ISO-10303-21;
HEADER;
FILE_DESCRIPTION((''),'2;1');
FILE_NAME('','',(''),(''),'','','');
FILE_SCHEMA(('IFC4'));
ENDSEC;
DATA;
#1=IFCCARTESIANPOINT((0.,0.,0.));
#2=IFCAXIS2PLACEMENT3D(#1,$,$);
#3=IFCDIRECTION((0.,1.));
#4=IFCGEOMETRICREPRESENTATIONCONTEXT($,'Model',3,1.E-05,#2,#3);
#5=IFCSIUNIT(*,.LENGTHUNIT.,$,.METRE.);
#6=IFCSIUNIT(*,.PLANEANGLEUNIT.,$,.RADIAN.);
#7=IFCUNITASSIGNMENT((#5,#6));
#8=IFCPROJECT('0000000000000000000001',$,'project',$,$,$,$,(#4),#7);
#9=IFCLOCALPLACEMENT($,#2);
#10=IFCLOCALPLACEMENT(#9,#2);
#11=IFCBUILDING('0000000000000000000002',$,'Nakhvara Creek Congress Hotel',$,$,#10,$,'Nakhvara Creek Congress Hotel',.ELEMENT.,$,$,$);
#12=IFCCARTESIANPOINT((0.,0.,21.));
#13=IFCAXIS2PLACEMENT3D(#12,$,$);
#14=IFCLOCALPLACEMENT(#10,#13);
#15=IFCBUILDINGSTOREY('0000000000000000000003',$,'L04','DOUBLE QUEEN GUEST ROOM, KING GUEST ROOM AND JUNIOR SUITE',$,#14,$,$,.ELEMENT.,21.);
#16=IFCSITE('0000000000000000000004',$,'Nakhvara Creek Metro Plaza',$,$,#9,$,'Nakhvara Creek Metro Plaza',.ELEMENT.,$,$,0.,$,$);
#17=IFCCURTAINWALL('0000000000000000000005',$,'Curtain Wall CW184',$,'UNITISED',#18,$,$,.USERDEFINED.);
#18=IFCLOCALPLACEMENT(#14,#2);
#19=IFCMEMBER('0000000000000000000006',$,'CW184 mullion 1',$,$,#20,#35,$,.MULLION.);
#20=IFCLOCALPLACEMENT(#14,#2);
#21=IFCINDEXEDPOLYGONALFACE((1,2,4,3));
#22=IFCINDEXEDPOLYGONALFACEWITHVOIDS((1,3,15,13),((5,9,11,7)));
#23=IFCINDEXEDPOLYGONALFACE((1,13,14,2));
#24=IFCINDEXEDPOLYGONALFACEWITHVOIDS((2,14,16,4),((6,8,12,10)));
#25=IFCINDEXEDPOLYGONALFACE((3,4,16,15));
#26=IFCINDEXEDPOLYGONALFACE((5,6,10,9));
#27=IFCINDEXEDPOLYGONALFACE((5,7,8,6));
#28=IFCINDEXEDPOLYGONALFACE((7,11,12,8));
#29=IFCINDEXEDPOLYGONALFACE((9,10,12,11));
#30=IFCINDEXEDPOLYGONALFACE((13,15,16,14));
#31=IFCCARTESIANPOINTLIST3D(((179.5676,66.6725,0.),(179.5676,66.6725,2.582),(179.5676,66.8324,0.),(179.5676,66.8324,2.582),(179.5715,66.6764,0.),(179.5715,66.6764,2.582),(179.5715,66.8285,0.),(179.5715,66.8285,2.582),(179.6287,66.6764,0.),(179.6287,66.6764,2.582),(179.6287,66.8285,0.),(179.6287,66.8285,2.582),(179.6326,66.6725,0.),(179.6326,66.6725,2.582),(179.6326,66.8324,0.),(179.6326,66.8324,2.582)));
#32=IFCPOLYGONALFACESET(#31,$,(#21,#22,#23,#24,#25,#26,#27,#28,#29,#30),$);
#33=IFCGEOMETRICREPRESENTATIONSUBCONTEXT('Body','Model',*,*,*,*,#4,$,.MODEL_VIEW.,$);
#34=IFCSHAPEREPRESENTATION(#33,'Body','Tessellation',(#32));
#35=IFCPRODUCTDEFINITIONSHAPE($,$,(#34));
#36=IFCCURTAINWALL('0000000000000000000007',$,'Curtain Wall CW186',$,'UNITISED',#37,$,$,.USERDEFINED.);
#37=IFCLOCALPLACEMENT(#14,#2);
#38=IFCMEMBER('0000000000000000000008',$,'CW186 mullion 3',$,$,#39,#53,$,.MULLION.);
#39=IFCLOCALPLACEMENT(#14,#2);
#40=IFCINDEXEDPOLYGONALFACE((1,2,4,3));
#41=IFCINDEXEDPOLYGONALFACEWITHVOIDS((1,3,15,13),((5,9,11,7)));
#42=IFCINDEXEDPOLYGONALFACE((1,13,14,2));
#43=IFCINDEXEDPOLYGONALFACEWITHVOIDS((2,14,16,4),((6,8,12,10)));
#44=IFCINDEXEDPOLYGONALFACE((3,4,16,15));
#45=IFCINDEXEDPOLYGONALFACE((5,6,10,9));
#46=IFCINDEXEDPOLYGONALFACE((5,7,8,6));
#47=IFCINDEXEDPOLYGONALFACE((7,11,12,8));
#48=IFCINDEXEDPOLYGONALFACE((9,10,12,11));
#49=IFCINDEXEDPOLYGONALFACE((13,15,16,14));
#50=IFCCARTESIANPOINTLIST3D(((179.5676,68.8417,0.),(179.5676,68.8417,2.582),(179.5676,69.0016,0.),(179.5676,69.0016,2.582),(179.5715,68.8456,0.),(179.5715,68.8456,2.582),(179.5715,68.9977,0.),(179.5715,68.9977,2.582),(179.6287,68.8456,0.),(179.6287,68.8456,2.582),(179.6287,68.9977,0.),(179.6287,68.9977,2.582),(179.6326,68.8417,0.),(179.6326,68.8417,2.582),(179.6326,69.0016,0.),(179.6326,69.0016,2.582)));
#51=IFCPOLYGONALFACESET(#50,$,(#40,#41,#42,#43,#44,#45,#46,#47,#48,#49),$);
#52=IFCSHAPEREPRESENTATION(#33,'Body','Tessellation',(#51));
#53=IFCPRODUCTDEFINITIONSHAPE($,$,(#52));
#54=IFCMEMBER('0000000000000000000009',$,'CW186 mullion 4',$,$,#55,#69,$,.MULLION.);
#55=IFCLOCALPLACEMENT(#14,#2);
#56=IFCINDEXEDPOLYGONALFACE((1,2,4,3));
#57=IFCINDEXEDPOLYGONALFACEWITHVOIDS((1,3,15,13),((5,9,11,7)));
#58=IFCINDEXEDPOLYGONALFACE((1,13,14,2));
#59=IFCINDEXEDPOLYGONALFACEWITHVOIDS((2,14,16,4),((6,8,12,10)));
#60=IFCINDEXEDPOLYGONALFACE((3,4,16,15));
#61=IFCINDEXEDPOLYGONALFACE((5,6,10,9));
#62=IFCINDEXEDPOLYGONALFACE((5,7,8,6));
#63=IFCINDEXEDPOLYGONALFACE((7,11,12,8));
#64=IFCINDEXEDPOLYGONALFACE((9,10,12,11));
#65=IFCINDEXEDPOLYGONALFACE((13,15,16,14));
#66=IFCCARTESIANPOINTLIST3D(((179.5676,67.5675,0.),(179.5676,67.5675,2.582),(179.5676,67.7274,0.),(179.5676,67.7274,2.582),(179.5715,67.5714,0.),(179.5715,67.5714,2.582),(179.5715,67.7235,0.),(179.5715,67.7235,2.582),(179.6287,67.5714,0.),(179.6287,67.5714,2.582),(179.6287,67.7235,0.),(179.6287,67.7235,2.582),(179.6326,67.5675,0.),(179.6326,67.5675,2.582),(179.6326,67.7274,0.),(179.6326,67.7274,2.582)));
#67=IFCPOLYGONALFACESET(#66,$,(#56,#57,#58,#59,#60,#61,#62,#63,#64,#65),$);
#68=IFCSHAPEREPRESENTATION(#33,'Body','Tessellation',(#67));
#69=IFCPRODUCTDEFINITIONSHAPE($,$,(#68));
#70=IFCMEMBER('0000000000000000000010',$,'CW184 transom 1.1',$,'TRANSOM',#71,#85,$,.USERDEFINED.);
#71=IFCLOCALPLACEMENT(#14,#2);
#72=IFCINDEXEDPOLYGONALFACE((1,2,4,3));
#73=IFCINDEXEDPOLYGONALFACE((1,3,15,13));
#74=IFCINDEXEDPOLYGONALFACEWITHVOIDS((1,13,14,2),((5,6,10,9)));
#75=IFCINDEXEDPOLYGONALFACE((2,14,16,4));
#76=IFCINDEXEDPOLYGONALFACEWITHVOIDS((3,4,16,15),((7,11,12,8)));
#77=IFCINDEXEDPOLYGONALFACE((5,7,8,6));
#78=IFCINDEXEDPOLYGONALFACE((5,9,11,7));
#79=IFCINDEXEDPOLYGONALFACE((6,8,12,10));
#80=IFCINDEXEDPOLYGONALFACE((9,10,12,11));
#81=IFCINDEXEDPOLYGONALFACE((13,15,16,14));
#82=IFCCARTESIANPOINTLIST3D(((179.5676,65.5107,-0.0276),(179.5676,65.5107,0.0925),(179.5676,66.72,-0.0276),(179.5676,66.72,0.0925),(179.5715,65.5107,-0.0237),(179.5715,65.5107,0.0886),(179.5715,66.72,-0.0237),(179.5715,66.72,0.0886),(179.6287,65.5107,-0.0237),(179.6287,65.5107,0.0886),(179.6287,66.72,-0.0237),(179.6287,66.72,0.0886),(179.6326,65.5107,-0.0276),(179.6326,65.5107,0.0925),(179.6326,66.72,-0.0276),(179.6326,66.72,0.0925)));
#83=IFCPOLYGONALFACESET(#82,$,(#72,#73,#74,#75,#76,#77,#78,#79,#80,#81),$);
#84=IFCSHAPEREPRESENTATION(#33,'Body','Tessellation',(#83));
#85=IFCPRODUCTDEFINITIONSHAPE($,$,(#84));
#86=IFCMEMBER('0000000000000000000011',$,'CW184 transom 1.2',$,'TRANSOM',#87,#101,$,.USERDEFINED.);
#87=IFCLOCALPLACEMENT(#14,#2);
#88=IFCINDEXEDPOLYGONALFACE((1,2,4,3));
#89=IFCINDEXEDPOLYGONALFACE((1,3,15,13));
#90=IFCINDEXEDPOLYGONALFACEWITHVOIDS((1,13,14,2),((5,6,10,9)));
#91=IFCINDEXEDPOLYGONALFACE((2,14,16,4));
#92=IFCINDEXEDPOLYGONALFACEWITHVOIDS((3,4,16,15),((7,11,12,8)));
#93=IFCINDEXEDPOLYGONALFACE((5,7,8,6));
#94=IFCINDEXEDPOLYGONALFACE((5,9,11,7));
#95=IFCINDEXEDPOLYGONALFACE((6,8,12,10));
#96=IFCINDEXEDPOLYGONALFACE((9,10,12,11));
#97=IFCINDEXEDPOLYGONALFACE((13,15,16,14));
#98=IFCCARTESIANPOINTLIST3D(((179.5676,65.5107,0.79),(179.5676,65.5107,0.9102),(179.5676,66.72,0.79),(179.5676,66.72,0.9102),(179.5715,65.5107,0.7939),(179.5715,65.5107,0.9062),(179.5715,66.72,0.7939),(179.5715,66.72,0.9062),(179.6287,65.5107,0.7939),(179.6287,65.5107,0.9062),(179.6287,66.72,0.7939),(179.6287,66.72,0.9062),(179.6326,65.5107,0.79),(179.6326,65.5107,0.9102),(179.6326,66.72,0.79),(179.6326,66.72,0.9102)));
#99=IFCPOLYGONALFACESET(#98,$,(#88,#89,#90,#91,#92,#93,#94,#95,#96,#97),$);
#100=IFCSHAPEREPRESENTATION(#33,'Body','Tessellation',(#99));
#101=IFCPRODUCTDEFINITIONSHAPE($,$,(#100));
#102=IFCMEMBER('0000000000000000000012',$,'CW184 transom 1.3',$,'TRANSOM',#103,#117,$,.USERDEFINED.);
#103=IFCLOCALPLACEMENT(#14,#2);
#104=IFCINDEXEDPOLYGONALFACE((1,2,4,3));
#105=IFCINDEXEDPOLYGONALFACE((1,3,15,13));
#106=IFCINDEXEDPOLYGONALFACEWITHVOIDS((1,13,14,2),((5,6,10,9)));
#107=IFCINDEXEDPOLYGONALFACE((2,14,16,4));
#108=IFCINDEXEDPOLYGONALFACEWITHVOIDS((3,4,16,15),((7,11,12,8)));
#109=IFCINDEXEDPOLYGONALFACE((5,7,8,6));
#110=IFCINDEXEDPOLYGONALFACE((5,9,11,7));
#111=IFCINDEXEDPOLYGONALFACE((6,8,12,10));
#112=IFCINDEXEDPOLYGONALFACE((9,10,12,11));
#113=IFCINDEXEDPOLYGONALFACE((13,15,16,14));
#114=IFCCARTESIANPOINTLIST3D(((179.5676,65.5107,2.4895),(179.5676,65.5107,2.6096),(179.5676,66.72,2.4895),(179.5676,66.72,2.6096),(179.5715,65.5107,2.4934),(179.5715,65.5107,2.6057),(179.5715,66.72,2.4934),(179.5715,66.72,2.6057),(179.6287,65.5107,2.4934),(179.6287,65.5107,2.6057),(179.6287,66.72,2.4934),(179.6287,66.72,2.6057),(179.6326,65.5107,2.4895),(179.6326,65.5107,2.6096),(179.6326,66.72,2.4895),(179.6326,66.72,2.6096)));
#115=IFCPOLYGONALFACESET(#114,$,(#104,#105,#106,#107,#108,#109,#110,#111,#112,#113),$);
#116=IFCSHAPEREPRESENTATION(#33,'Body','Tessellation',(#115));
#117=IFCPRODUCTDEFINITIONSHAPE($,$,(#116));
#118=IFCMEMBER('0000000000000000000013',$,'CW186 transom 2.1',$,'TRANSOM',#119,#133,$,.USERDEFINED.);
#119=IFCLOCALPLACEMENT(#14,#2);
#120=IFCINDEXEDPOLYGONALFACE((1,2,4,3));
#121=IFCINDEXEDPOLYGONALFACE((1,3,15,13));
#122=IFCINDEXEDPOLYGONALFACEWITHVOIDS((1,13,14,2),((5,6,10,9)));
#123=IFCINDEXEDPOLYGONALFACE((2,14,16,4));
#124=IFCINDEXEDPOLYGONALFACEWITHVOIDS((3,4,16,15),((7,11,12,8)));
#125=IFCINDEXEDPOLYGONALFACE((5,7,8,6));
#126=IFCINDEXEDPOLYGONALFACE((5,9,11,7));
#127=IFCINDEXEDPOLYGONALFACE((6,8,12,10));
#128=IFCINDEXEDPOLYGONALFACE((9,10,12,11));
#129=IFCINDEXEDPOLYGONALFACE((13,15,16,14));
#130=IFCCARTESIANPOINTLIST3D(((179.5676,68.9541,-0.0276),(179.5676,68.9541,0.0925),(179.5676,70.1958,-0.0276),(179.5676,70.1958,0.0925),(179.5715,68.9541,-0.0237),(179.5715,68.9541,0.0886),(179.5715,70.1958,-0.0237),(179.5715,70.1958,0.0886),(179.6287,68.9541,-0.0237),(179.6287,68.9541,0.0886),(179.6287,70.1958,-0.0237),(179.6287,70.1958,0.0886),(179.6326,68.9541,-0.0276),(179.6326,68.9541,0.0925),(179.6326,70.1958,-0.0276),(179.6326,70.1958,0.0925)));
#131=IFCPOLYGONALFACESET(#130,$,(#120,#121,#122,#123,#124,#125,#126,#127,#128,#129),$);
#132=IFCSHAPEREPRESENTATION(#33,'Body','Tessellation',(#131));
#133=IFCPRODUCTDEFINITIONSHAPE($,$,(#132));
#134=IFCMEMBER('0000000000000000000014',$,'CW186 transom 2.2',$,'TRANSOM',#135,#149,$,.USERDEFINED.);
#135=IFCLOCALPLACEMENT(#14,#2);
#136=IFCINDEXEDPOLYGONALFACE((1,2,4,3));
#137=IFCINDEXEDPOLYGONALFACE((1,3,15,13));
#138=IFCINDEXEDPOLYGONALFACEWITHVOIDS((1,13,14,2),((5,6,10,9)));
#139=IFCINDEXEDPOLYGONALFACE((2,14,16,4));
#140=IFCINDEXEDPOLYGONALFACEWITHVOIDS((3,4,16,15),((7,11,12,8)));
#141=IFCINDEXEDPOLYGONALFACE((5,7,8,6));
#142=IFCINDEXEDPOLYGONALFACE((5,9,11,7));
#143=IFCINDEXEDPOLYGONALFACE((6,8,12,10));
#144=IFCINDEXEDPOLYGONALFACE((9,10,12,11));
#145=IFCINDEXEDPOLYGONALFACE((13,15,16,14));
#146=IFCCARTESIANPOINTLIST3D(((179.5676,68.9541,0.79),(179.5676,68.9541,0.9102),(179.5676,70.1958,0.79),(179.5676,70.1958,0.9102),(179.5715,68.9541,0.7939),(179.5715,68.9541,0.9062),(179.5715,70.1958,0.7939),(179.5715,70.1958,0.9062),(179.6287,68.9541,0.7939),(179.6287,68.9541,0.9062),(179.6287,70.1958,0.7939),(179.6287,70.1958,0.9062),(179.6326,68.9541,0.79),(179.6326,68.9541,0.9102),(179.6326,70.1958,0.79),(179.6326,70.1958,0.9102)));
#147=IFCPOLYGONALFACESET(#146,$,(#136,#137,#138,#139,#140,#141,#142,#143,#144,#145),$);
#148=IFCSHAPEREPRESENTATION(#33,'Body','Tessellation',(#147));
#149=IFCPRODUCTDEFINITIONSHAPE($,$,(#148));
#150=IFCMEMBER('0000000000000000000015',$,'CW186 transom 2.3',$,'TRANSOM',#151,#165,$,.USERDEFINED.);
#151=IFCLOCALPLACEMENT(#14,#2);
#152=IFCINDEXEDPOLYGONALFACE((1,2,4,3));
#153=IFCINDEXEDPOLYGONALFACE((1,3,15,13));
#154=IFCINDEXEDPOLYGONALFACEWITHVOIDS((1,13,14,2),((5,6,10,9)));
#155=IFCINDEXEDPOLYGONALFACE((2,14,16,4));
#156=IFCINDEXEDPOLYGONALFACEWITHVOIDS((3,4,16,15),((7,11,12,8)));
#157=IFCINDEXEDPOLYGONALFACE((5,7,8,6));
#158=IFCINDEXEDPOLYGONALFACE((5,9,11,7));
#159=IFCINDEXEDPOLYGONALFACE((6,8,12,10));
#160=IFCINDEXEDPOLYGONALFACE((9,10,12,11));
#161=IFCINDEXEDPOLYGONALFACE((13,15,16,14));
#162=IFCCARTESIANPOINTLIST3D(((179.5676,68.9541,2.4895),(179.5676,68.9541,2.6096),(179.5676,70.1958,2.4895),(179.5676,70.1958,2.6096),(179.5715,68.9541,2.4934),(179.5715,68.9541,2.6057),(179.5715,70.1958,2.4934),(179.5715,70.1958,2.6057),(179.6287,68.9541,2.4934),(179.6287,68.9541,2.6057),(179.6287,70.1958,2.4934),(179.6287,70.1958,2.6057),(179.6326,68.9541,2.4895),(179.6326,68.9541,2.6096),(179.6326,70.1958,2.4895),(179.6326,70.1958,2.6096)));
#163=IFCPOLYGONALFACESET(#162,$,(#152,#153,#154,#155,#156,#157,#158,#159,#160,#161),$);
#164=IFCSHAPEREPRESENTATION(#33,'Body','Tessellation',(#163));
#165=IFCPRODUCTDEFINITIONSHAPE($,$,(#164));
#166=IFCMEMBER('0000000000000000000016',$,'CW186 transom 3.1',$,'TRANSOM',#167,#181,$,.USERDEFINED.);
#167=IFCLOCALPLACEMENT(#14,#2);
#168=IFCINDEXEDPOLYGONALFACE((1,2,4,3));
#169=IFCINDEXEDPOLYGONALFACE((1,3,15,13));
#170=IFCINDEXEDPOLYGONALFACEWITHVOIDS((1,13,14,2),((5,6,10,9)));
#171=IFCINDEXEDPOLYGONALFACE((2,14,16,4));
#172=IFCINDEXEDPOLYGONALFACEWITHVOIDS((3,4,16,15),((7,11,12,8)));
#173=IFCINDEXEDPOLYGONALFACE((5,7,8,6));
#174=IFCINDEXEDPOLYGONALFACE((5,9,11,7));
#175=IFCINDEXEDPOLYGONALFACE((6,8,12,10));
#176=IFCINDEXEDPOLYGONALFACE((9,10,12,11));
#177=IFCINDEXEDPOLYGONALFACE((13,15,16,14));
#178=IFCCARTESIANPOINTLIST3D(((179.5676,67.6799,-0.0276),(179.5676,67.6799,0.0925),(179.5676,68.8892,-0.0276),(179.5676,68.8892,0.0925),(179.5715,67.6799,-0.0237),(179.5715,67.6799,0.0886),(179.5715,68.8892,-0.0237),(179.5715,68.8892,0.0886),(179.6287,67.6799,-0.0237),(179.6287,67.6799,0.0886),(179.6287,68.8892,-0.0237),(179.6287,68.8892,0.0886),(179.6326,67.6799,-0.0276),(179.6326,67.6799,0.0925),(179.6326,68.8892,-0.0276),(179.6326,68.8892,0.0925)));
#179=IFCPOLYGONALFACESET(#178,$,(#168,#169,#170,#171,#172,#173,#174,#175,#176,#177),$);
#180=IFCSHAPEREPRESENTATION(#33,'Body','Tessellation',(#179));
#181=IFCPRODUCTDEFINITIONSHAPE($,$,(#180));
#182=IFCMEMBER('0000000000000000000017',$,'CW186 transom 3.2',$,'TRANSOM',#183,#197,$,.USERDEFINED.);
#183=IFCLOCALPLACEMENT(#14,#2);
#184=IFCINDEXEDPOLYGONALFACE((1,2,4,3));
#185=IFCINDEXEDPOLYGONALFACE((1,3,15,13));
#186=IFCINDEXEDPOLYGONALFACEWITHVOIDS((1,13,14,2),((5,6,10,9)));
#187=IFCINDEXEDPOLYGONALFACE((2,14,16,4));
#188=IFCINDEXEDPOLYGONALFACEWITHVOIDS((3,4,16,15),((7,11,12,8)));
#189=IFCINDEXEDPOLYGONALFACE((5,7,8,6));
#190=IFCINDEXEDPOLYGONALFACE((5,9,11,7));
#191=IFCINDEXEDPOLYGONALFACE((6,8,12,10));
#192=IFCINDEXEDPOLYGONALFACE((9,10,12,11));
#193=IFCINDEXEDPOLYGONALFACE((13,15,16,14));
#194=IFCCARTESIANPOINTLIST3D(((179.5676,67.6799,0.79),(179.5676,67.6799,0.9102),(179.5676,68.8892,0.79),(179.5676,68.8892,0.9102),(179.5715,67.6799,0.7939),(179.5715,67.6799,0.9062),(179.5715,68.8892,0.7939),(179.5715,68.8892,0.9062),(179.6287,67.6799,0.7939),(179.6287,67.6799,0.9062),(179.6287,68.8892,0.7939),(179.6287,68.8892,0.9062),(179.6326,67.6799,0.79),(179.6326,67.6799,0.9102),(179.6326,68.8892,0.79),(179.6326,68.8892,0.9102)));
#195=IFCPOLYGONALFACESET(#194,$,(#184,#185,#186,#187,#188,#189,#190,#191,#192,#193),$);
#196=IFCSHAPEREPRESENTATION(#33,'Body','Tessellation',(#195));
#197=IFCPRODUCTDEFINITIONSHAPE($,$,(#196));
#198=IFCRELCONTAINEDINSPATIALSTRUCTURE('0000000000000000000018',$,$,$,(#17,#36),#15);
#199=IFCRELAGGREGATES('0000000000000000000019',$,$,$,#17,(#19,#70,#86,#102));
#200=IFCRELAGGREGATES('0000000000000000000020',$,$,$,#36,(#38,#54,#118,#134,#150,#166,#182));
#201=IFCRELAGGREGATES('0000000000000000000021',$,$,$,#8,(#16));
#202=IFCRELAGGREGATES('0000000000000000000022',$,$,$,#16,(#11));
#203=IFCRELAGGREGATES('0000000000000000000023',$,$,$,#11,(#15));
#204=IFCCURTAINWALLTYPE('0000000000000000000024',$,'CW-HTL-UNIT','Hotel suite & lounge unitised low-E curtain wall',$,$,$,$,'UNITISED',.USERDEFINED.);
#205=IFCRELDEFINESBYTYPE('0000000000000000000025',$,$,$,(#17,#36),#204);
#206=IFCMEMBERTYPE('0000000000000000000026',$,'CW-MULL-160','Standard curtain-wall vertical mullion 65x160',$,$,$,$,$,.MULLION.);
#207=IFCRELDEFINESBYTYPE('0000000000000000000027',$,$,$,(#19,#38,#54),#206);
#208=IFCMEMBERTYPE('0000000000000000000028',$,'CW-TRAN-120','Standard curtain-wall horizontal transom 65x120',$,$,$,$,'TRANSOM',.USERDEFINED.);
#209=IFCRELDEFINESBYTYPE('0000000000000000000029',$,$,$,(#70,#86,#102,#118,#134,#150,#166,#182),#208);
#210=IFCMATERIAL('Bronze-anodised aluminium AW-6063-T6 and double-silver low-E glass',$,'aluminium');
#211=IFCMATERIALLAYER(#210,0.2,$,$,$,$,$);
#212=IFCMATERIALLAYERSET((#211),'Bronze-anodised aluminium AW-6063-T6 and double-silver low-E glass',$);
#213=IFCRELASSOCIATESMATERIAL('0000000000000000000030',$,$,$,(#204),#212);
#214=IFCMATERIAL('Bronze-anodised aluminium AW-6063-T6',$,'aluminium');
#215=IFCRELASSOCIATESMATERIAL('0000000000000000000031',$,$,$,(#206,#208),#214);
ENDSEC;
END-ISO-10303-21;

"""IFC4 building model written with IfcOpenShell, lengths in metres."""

from ifc_helpers import new_model, si_unit, direction, frame, origin, origin_2d, place, context, subcontext, project, spatial, hollow_rectangle, extrude, material, layer, layer_set, material_profile, profile_set, type_object, element, aggregate, save


model = new_model("IFC4")

# Units and contexts
model_context = context("Model", 3, precision=1e-05, world=origin(), true_north=direction((0.0, 1.0)))
body_context = subcontext(model_context, "Body", "Model", "MODEL_VIEW")
ifc_project = project(units=[si_unit("LENGTHUNIT", "METRE"), si_unit("PLANEANGLEUNIT", "RADIAN")], contexts=[model_context])

# Site, building, storey
site_placement = place(None, origin())
site = spatial("IfcSite", under=ifc_project, at=site_placement, Name="Nakhvara Creek Metro Plaza", LongName="Nakhvara Creek Metro Plaza", CompositionType="ELEMENT", RefElevation=0.0)
building_placement = place(site_placement, origin())
building = spatial("IfcBuilding", under=site, at=building_placement, Name="Nakhvara Creek Congress Hotel", LongName="Nakhvara Creek Congress Hotel", CompositionType="ELEMENT")
storey_placement = place(building_placement, frame((0.0, 0.0, 21.0)))
storey = spatial("IfcBuildingStorey", under=building, at=storey_placement, Name="L04", Description="DOUBLE QUEEN GUEST ROOM, KING GUEST ROOM AND JUNIOR SUITE", CompositionType="ELEMENT", Elevation=21.0)

# Curtain wall, member
ifc_material_1 = material(Name="Bronze-anodised aluminium AW-6063-T6 and double-silver low-E glass", Category="aluminium")
ifc_layer_1 = layer(ifc_material_1, 0.2)
ifc_layer_set_1 = layer_set([ifc_layer_1], Name="Bronze-anodised aluminium AW-6063-T6 and double-silver low-E glass")
curtain_wall_type = type_object("IfcCurtainWallType", Name="CW-HTL-UNIT", Description="Hotel suite & lounge unitised low-E curtain wall", ElementType="UNITISED", PredefinedType="USERDEFINED", material=ifc_layer_set_1)
curtain_wall_1_placement = place(storey_placement, origin())
curtain_wall_1 = element("IfcCurtainWall", 1, at=curtain_wall_1_placement, inside=storey, type_object=curtain_wall_type, Name="Curtain Wall CW184", ObjectType="UNITISED", PredefinedType="USERDEFINED")
ifc_material_2 = material(Name="Bronze-anodised aluminium AW-6063-T6", Category="aluminium")
ifc_material_profile_1 = material_profile(ifc_material_2, hollow_rectangle(XDim=0.0649, YDim=0.1599, WallThickness=0.0039, at=origin_2d()), Name="ALU-MULL 65x160x4", Category="LoadBearing")
ifc_profile_set_1 = profile_set([ifc_material_profile_1], Name="Bronze-anodised aluminium AW-6063-T6")
member_type_1 = type_object("IfcMemberType", Name="CW-MULL-160", Description="Standard curtain-wall vertical mullion 65x160", PredefinedType="MULLION", material=ifc_profile_set_1)
member_1_placement = place(storey_placement, frame((179.6001, 66.7524, 0.0), z_axis=(0.0, 0.0, 1.0), x_axis=(1.0, 0.0, 0.0)))
member_1 = element("IfcMember", 2, at=member_1_placement, type_object=member_type_1, Name="CW184 mullion 1", PredefinedType="MULLION", context=body_context, shape_type="SweptSolid", body=[
    extrude(hollow_rectangle(XDim=0.0649, YDim=0.1599, WallThickness=0.0039, at=origin_2d()), origin(), (0.0, 0.0, 1.0), 2.582),
])

# Curtain wall, members
curtain_wall_2_placement = place(storey_placement, origin())
curtain_wall_2 = element("IfcCurtainWall", 3, at=curtain_wall_2_placement, inside=storey, type_object=curtain_wall_type, Name="Curtain Wall CW186", ObjectType="UNITISED", PredefinedType="USERDEFINED")
member_2_placement = place(storey_placement, frame((179.6001, 68.9216, 0.0), z_axis=(0.0, 0.0, 1.0), x_axis=(1.0, 0.0, 0.0)))
member_2 = element("IfcMember", 4, at=member_2_placement, type_object=member_type_1, Name="CW186 mullion 3", PredefinedType="MULLION", context=body_context, shape_type="SweptSolid", body=[
    extrude(hollow_rectangle(XDim=0.0649, YDim=0.1599, WallThickness=0.0039, at=origin_2d()), origin(), (0.0, 0.0, 1.0), 2.582),
])
member_3_placement = place(storey_placement, frame((179.6001, 67.6475, 0.0), z_axis=(0.0, 0.0, 1.0), x_axis=(1.0, 0.0, 0.0)))
member_3 = element("IfcMember", 5, at=member_3_placement, type_object=member_type_1, Name="CW186 mullion 4", PredefinedType="MULLION", context=body_context, shape_type="SweptSolid", body=[
    extrude(hollow_rectangle(XDim=0.0649, YDim=0.1599, WallThickness=0.0039, at=origin_2d()), origin(), (0.0, 0.0, 1.0), 2.582),
])

# Members
ifc_material_profile_2 = material_profile(ifc_material_2, hollow_rectangle(XDim=0.0649, YDim=0.1201, WallThickness=0.0039, at=origin_2d()), Name="ALU-TRAN 65x120x4", Category="LoadBearing")
ifc_profile_set_2 = profile_set([ifc_material_profile_2], Name="Bronze-anodised aluminium AW-6063-T6")
member_type_2 = type_object("IfcMemberType", Name="CW-TRAN-120", Description="Standard curtain-wall horizontal transom 65x120", ElementType="TRANSOM", PredefinedType="USERDEFINED", material=ifc_profile_set_2)
member_4_placement = place(storey_placement, frame((179.6001, 66.72, 0.0325), z_axis=(0.0, -1.0, 0.0), x_axis=(1.0, 0.0, 0.0)))
member_4 = element("IfcMember", 6, at=member_4_placement, type_object=member_type_2, Name="CW184 transom 1.1", ObjectType="TRANSOM", PredefinedType="USERDEFINED", context=body_context, shape_type="SweptSolid", body=[
    extrude(hollow_rectangle(XDim=0.0649, YDim=0.1201, WallThickness=0.0039, at=origin_2d()), origin(), (0.0, 0.0, 1.0), 1.2092),
])
member_5_placement = place(storey_placement, frame((179.6001, 66.72, 0.8501), z_axis=(0.0, -1.0, 0.0), x_axis=(1.0, 0.0, 0.0)))
member_5 = element("IfcMember", 7, at=member_5_placement, type_object=member_type_2, Name="CW184 transom 1.2", ObjectType="TRANSOM", PredefinedType="USERDEFINED", context=body_context, shape_type="SweptSolid", body=[
    extrude(hollow_rectangle(XDim=0.0649, YDim=0.1201, WallThickness=0.0039, at=origin_2d()), origin(), (0.0, 0.0, 1.0), 1.2092),
])
member_6_placement = place(storey_placement, frame((179.6001, 66.72, 2.5496), z_axis=(0.0, -1.0, 0.0), x_axis=(1.0, 0.0, 0.0)))
member_6 = element("IfcMember", 8, at=member_6_placement, type_object=member_type_2, Name="CW184 transom 1.3", ObjectType="TRANSOM", PredefinedType="USERDEFINED", context=body_context, shape_type="SweptSolid", body=[
    extrude(hollow_rectangle(XDim=0.0649, YDim=0.1201, WallThickness=0.0039, at=origin_2d()), origin(), (0.0, 0.0, 1.0), 1.2092),
])
member_7_placement = place(storey_placement, frame((179.6001, 70.1958, 0.0325), z_axis=(0.0, -1.0, 0.0), x_axis=(1.0, 0.0, 0.0)))
member_7 = element("IfcMember", 9, at=member_7_placement, type_object=member_type_2, Name="CW186 transom 2.1", ObjectType="TRANSOM", PredefinedType="USERDEFINED", context=body_context, shape_type="SweptSolid", body=[
    extrude(hollow_rectangle(XDim=0.0649, YDim=0.1201, WallThickness=0.0039, at=origin_2d()), origin(), (0.0, 0.0, 1.0), 1.2417),
])
member_8_placement = place(storey_placement, frame((179.6001, 70.1958, 0.8501), z_axis=(0.0, -1.0, 0.0), x_axis=(1.0, 0.0, 0.0)))
member_8 = element("IfcMember", 10, at=member_8_placement, type_object=member_type_2, Name="CW186 transom 2.2", ObjectType="TRANSOM", PredefinedType="USERDEFINED", context=body_context, shape_type="SweptSolid", body=[
    extrude(hollow_rectangle(XDim=0.0649, YDim=0.1201, WallThickness=0.0039, at=origin_2d()), origin(), (0.0, 0.0, 1.0), 1.2417),
])
member_9_placement = place(storey_placement, frame((179.6001, 70.1958, 2.5496), z_axis=(0.0, -1.0, 0.0), x_axis=(1.0, 0.0, 0.0)))
member_9 = element("IfcMember", 11, at=member_9_placement, type_object=member_type_2, Name="CW186 transom 2.3", ObjectType="TRANSOM", PredefinedType="USERDEFINED", context=body_context, shape_type="SweptSolid", body=[
    extrude(hollow_rectangle(XDim=0.0649, YDim=0.1201, WallThickness=0.0039, at=origin_2d()), origin(), (0.0, 0.0, 1.0), 1.2417),
])
member_10_placement = place(storey_placement, frame((179.6001, 68.8892, 0.0325), z_axis=(0.0, -1.0, 0.0), x_axis=(1.0, 0.0, 0.0)))
member_10 = element("IfcMember", 12, at=member_10_placement, type_object=member_type_2, Name="CW186 transom 3.1", ObjectType="TRANSOM", PredefinedType="USERDEFINED", context=body_context, shape_type="SweptSolid", body=[
    extrude(hollow_rectangle(XDim=0.0649, YDim=0.1201, WallThickness=0.0039, at=origin_2d()), origin(), (0.0, 0.0, 1.0), 1.2092),
])
member_11_placement = place(storey_placement, frame((179.6001, 68.8892, 0.8501), z_axis=(0.0, -1.0, 0.0), x_axis=(1.0, 0.0, 0.0)))
member_11 = element("IfcMember", 13, at=member_11_placement, type_object=member_type_2, Name="CW186 transom 3.2", ObjectType="TRANSOM", PredefinedType="USERDEFINED", context=body_context, shape_type="SweptSolid", body=[
    extrude(hollow_rectangle(XDim=0.0649, YDim=0.1201, WallThickness=0.0039, at=origin_2d()), origin(), (0.0, 0.0, 1.0), 1.2092),
])

aggregate(curtain_wall_1, [member_1, member_4, member_5, member_6])
aggregate(curtain_wall_2, [member_2, member_3, member_7, member_8, member_9, member_10, member_11])

save(model, "model.ifc")
